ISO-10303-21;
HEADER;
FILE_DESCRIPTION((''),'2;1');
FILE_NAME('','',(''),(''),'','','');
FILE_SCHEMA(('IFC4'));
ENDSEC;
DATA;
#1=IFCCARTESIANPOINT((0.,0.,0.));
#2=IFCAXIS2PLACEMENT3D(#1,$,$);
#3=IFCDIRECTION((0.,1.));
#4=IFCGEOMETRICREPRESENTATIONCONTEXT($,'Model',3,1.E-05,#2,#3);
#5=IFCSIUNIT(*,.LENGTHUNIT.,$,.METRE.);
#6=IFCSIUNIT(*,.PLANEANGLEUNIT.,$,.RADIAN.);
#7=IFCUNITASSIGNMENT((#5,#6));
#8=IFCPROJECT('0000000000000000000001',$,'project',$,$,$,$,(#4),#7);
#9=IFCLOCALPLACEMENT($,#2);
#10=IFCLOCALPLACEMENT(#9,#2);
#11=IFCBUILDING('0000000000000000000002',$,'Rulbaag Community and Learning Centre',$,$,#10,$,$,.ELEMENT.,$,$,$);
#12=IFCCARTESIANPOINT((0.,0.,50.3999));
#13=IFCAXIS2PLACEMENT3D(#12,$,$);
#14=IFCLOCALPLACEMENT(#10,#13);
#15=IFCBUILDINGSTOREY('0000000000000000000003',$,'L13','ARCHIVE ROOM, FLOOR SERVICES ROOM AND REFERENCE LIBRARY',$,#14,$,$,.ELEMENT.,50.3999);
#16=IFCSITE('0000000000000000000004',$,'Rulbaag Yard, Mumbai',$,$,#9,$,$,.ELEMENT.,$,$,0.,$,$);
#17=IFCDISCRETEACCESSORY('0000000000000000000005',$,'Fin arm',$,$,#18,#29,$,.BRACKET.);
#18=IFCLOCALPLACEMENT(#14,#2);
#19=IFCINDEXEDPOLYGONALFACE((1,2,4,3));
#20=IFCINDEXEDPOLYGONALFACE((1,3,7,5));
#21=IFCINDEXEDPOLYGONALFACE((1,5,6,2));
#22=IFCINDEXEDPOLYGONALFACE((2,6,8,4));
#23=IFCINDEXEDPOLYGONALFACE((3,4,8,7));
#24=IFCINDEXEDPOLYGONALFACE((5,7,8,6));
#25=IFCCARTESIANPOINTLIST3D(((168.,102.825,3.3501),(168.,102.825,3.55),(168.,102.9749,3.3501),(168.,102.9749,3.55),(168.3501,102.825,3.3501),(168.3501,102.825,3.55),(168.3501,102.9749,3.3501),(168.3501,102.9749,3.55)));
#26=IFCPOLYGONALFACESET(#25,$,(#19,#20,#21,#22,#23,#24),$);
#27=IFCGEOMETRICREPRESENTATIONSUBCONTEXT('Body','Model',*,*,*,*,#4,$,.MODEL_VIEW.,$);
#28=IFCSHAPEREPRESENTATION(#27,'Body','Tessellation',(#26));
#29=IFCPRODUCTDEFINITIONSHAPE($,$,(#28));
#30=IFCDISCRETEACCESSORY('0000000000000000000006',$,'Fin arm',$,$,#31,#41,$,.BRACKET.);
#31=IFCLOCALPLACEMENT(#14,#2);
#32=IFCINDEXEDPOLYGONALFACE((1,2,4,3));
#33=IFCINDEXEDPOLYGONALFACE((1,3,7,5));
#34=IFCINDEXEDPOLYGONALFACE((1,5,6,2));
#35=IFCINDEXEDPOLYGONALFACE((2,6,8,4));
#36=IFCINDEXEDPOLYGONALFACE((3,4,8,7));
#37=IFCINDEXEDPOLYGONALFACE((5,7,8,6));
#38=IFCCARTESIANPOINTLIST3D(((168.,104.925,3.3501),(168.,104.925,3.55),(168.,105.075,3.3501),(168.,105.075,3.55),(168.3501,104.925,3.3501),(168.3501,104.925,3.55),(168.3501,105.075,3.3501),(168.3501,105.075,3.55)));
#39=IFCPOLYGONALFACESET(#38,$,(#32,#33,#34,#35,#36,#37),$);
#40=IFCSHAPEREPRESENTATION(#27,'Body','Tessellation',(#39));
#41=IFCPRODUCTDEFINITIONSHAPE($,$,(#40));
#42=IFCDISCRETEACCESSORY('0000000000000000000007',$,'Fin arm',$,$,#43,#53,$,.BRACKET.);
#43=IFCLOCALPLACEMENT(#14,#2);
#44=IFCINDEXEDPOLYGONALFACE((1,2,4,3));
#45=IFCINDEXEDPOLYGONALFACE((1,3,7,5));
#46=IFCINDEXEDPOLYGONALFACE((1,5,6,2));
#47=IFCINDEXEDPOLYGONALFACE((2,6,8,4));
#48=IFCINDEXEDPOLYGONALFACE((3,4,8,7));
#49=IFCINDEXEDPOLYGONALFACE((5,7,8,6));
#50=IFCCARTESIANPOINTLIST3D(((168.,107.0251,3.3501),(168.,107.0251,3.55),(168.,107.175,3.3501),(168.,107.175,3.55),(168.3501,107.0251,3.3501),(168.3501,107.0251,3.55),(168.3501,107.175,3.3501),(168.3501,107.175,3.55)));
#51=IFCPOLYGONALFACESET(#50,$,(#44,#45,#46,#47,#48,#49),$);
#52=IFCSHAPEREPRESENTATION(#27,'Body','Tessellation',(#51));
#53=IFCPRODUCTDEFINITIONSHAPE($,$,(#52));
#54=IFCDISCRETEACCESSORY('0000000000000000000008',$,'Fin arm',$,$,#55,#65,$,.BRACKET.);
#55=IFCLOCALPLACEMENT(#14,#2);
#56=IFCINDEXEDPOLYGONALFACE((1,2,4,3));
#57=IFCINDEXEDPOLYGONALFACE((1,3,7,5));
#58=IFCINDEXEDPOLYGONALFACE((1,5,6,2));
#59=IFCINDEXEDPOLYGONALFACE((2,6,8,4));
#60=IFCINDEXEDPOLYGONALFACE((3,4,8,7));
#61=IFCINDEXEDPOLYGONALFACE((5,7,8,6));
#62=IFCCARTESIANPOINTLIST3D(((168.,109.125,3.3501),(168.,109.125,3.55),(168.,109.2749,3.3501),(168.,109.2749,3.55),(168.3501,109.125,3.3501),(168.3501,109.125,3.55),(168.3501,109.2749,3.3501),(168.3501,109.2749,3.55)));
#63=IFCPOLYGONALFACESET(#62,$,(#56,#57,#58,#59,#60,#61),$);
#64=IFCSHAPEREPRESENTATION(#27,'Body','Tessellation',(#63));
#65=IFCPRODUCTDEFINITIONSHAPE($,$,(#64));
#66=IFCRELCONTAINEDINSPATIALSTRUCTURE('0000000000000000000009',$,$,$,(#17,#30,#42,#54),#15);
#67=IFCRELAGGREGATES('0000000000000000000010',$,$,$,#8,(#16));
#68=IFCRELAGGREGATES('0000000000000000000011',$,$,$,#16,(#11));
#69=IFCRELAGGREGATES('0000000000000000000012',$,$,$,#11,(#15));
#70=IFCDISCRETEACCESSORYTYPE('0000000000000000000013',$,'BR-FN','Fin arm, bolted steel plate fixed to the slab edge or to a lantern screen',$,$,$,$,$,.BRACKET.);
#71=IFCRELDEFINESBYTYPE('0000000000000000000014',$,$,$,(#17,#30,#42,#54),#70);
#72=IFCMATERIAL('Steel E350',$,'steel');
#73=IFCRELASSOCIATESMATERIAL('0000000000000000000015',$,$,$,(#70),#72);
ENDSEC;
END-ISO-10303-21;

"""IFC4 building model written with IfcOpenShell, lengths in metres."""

from ifc_helpers import new_model, si_unit, direction, frame, origin, origin_2d, place, context, subcontext, project, spatial, rectangle, extrude, material, type_object, element, save


model = new_model("IFC4")

# Units and contexts
model_context = context("Model", 3, precision=1e-05, world=origin(), true_north=direction((0.0, 1.0)))
body_context = subcontext(model_context, "Body", "Model", "MODEL_VIEW")
ifc_project = project(units=[si_unit("LENGTHUNIT", "METRE"), si_unit("PLANEANGLEUNIT", "RADIAN")], contexts=[model_context])

# Site, building, storey
site_placement = place(None, origin())
site = spatial("IfcSite", under=ifc_project, at=site_placement, Name="Rulbaag Yard, Mumbai", CompositionType="ELEMENT", RefElevation=0.0)
building_placement = place(site_placement, origin())
building = spatial("IfcBuilding", under=site, at=building_placement, Name="Rulbaag Community and Learning Centre", CompositionType="ELEMENT")
storey_placement = place(building_placement, frame((0.0, 0.0, 50.3999)))
storey = spatial("IfcBuildingStorey", under=building, at=storey_placement, Name="L13", Description="ARCHIVE ROOM, FLOOR SERVICES ROOM AND REFERENCE LIBRARY", CompositionType="ELEMENT", Elevation=50.3999)

# Discrete accessories
ifc_material_1 = material(Name="Steel E350", Category="steel")
discrete_accessory_type = type_object("IfcDiscreteAccessoryType", Name="BR-FN", Description="Fin arm, bolted steel plate fixed to the slab edge or to a lantern screen", PredefinedType="BRACKET", material=ifc_material_1)
for number, where, z_axis, x_axis, name in (
    (1, (168.175, 102.8999, 3.3501), (0.0, 0.0, 1.0), (1.0, 0.0, 0.0), "Fin arm"),
    (2, (168.175, 105.0, 3.3501), (0.0, 0.0, 1.0), (1.0, 0.0, 0.0), "Fin arm"),
    (3, (168.175, 107.1001, 3.3501), (0.0, 0.0, 1.0), (1.0, 0.0, 0.0), "Fin arm"),
    (4, (168.175, 109.2, 3.3501), (0.0, 0.0, 1.0), (1.0, 0.0, 0.0), "Fin arm"),
):
    element("IfcDiscreteAccessory", number, at=place(storey_placement, frame(where, z_axis=z_axis, x_axis=x_axis)), inside=storey, type_object=discrete_accessory_type, Name=name, PredefinedType="BRACKET", context=body_context, shape_type="SweptSolid", body=[
        extrude(rectangle(XDim=0.3501, YDim=0.1499, at=origin_2d()), origin(), (0.0, 0.0, 1.0), 0.2),
    ])

save(model, "model.ifc")
